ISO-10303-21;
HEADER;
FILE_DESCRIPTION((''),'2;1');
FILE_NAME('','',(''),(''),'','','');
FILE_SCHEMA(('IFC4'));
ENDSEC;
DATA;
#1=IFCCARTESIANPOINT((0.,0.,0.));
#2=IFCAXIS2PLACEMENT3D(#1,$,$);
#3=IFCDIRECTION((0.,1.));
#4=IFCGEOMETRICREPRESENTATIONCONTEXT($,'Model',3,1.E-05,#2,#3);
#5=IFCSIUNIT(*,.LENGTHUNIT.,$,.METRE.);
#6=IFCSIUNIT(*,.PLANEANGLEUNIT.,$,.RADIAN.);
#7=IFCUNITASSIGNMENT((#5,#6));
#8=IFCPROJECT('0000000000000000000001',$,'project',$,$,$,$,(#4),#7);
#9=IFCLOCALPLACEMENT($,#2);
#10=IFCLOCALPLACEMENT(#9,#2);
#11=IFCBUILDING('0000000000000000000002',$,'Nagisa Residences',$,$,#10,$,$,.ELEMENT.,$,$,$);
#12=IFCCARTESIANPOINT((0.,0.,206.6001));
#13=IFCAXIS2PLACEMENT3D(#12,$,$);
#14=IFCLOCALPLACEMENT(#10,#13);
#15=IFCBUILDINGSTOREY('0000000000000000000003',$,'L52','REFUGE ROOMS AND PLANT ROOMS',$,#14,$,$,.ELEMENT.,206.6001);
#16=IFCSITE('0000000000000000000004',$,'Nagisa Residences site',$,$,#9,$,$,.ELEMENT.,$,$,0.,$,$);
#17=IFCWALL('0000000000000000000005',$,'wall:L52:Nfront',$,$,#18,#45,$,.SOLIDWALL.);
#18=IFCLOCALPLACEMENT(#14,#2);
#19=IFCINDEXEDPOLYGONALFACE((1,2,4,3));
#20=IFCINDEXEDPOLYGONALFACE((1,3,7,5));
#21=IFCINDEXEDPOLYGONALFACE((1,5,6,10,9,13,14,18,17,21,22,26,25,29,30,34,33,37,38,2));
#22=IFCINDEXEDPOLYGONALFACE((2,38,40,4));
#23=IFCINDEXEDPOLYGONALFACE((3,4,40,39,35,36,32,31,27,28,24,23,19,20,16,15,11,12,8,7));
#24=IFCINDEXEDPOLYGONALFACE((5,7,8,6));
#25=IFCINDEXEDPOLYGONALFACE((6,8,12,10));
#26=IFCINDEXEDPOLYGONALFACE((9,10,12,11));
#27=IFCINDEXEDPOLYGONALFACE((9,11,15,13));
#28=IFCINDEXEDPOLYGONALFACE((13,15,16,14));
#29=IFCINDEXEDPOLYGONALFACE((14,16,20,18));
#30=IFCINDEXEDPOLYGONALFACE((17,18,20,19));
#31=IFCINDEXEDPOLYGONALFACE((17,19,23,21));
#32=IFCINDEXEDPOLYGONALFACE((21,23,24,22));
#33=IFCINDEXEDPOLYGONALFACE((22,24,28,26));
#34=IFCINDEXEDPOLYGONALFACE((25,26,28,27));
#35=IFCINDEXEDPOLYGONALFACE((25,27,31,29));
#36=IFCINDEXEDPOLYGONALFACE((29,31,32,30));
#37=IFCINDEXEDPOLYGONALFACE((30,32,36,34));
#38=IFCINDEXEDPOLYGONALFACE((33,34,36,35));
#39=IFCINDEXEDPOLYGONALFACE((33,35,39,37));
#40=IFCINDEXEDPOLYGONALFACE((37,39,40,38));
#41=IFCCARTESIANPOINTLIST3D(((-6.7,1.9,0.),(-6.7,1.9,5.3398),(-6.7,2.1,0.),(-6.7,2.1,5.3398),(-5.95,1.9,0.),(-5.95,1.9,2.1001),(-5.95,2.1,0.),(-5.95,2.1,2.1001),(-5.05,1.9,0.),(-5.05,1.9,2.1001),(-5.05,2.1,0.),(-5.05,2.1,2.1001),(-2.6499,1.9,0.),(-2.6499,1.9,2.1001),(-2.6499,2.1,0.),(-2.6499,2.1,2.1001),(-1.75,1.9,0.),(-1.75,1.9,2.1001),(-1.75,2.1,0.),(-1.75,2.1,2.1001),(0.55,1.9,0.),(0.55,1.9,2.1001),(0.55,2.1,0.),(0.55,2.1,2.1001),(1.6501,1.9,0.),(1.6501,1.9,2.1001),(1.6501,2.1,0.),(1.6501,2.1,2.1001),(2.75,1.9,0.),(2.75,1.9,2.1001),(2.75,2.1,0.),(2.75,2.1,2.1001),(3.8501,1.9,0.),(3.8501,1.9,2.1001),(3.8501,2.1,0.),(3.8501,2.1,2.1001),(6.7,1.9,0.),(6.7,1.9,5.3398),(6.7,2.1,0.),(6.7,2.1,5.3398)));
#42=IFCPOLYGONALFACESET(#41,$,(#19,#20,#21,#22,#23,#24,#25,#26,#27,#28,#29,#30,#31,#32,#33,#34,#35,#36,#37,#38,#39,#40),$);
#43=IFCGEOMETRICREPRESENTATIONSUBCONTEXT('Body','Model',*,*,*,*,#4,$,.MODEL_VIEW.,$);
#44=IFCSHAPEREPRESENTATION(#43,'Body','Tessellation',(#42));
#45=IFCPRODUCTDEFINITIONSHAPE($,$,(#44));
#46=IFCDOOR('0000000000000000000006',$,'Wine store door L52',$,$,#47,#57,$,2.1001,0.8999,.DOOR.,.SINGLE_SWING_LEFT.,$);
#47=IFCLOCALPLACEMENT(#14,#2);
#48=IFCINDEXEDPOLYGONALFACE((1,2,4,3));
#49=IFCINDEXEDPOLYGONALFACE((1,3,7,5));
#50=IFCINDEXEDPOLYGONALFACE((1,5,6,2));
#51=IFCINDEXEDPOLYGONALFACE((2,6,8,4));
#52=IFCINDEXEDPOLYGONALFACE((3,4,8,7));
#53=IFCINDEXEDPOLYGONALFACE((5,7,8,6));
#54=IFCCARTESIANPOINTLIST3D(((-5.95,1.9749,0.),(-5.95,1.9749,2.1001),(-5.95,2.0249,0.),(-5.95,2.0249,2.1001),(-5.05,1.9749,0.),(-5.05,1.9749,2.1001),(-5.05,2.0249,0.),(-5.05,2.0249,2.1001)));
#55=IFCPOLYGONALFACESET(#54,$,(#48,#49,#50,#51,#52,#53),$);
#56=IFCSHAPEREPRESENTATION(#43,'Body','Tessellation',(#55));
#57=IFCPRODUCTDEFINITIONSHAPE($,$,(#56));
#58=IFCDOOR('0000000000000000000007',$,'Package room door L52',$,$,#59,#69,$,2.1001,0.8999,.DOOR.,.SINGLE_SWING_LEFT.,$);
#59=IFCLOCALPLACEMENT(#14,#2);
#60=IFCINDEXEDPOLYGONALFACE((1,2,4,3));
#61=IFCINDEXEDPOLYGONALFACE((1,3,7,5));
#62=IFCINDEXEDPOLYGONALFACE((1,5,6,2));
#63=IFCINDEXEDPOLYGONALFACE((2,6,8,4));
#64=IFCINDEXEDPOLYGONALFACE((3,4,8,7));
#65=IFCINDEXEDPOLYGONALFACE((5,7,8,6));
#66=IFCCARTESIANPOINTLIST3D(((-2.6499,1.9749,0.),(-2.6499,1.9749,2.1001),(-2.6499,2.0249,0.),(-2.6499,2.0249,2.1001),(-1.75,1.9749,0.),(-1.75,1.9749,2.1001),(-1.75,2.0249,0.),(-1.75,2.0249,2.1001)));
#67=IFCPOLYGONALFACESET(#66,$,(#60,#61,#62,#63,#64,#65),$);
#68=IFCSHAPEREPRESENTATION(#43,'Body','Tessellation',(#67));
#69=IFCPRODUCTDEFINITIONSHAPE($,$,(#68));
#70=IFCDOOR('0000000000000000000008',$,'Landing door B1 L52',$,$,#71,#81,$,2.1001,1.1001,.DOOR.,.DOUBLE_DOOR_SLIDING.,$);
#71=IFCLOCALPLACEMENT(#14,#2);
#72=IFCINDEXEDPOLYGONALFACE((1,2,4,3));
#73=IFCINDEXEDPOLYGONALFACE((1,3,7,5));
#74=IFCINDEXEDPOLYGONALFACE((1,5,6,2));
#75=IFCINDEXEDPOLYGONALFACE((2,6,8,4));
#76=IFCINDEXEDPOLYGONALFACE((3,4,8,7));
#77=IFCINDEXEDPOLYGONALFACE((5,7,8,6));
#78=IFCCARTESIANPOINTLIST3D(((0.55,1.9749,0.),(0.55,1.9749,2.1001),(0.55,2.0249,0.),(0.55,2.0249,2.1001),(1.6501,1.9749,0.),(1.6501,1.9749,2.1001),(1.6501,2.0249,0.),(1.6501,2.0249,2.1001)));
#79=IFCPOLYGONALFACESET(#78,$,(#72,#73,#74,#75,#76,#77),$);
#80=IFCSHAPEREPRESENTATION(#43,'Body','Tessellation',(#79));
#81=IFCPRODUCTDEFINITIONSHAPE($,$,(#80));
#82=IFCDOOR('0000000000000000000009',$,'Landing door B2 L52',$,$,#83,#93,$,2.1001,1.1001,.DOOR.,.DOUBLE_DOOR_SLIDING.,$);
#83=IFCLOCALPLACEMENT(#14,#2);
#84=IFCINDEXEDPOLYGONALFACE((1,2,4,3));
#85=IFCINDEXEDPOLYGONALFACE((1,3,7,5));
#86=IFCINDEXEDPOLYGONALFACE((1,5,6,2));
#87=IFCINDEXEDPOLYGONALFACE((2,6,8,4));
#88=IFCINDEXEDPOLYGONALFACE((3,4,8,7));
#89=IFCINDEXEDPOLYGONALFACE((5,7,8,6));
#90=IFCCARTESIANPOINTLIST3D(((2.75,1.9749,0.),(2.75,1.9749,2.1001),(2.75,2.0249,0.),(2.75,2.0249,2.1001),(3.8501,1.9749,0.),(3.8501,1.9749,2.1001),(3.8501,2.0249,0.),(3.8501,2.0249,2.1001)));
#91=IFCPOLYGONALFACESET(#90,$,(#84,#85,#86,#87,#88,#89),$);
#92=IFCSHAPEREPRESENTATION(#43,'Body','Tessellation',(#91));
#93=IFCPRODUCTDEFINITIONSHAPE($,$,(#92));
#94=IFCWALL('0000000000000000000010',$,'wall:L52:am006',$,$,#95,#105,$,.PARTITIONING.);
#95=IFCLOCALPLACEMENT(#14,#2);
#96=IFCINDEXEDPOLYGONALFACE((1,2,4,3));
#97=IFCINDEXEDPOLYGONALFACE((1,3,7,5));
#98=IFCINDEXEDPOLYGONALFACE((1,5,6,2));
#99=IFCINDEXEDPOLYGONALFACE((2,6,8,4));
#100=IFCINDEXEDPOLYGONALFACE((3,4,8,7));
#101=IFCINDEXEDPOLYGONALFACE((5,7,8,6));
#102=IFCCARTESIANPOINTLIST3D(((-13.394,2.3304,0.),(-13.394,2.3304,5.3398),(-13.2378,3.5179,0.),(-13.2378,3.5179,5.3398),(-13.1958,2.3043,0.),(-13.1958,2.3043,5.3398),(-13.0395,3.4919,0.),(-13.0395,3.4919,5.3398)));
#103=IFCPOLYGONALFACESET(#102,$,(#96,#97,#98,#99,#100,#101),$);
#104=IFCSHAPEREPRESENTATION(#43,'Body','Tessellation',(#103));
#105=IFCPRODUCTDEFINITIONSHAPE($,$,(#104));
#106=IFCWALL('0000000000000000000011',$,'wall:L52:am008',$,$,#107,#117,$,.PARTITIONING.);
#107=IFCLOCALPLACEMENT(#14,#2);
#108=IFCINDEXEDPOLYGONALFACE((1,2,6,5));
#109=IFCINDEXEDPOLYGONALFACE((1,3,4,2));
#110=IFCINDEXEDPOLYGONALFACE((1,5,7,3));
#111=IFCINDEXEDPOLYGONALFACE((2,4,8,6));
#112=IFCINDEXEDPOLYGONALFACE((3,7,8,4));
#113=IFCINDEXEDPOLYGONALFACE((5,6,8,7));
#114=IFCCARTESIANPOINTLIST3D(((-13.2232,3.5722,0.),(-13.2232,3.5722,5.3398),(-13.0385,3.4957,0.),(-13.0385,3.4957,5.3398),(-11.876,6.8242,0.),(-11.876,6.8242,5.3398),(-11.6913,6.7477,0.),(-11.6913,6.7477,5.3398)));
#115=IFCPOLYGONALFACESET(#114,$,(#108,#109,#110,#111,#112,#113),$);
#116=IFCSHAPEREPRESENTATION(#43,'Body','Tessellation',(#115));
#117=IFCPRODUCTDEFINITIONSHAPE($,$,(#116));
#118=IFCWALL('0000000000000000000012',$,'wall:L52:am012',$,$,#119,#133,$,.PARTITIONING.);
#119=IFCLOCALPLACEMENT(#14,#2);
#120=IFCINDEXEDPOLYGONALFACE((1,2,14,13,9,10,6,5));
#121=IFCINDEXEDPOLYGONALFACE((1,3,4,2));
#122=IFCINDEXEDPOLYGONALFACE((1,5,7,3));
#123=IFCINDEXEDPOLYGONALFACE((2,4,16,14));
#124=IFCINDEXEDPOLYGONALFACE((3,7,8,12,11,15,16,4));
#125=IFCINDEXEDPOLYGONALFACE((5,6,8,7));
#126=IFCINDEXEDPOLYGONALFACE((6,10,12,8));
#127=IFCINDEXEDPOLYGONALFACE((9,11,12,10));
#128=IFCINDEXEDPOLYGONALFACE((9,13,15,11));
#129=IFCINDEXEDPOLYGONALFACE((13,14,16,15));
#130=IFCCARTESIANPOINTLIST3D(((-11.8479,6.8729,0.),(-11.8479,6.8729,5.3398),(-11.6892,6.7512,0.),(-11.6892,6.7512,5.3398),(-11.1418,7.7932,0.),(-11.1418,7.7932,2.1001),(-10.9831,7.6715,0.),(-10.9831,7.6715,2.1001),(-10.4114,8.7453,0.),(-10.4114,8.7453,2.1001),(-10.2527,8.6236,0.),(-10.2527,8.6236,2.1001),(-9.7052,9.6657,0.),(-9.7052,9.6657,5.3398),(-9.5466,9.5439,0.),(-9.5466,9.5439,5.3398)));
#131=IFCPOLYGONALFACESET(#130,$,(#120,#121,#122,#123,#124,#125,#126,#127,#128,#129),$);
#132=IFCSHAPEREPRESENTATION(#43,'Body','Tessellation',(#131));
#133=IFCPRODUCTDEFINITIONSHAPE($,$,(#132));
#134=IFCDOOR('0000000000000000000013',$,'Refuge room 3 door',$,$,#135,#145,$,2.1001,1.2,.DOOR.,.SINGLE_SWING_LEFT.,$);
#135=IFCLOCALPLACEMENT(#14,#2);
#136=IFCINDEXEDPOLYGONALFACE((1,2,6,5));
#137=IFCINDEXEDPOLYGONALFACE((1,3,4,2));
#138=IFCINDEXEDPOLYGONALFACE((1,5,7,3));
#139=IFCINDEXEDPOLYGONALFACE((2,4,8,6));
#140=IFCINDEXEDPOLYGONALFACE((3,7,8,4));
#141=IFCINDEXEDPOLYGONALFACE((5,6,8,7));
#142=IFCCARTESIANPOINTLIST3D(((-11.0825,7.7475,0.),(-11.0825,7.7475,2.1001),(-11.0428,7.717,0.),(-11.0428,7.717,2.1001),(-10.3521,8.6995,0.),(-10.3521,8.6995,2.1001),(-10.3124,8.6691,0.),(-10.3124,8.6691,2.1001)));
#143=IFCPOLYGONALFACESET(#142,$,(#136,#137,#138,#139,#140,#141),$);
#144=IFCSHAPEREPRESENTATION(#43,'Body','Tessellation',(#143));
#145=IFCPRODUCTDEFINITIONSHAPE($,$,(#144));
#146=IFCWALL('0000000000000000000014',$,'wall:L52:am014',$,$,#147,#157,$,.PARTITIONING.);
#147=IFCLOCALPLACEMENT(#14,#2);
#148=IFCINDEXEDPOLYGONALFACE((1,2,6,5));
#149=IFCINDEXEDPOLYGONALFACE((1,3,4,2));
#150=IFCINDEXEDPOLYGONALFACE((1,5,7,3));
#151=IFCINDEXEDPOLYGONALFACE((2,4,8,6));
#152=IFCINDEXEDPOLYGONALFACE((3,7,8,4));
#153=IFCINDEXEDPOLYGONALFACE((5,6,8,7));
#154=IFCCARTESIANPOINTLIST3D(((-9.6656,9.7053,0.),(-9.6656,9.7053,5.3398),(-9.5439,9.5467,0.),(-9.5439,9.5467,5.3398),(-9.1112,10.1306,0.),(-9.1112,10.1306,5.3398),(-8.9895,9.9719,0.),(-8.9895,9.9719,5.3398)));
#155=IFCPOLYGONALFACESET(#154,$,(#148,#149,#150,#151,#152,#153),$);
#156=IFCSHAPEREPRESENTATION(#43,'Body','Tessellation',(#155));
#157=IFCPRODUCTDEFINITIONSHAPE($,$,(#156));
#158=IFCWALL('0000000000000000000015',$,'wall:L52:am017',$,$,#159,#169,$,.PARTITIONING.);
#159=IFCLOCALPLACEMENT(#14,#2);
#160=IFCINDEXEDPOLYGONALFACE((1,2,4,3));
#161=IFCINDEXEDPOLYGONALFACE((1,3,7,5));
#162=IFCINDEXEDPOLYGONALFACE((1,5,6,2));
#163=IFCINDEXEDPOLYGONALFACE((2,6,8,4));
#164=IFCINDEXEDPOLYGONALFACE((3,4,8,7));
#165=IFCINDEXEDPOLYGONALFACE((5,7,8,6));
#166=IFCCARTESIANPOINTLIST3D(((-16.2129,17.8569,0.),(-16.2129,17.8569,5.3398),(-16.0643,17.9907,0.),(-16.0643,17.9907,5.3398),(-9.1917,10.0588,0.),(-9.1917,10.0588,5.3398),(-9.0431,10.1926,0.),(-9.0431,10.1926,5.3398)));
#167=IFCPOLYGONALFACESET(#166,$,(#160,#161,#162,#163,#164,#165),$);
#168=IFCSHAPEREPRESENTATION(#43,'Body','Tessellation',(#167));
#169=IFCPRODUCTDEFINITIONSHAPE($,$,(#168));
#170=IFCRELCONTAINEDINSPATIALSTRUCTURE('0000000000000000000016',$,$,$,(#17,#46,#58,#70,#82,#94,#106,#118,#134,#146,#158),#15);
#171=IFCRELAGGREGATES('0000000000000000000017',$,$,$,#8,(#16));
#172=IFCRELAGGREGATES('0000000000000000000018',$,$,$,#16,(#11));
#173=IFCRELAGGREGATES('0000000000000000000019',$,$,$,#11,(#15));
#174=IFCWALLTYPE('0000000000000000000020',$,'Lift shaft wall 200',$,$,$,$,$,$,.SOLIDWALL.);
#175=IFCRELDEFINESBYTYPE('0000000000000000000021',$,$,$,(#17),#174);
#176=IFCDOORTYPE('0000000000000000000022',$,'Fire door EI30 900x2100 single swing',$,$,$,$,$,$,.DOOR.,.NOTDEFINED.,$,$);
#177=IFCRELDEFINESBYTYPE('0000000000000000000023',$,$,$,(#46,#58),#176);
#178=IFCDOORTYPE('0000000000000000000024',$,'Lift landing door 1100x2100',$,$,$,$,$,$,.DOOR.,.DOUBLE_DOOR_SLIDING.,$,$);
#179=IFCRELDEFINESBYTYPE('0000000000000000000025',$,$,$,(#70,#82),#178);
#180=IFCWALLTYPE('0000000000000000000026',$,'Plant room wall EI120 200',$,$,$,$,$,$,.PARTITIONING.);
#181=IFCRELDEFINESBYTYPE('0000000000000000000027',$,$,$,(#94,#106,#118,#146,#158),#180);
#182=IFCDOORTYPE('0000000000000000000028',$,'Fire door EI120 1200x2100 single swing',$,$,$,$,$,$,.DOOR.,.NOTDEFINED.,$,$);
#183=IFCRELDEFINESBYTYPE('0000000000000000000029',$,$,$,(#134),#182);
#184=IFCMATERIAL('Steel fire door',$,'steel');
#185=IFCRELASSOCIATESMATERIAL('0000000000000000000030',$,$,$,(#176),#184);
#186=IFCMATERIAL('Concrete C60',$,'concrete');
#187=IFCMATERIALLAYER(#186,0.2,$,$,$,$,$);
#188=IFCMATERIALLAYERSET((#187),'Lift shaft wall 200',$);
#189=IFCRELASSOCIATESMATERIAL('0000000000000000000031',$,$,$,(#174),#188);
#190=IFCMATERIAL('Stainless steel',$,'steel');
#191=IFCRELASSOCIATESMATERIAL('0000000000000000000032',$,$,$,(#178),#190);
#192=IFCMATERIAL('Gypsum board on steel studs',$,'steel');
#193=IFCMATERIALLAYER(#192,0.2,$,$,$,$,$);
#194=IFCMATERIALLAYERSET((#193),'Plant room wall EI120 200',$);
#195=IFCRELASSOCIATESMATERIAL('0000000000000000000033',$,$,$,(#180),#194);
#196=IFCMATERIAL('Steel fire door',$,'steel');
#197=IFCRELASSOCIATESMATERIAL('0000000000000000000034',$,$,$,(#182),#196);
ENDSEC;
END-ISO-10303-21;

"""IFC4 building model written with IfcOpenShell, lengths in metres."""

from ifc_helpers import new_model, si_unit, direction, frame, frame_2d, origin, place, context, subcontext, project, spatial, rectangle, extrude, material, layer, layer_set, type_object, element, fill, save


model = new_model("IFC4")

# Units and contexts
model_context = context("Model", 3, precision=1e-05, world=origin(), true_north=direction((0.0, 1.0)))
body_context = subcontext(model_context, "Body", "Model", "MODEL_VIEW")
ifc_project = project(units=[si_unit("LENGTHUNIT", "METRE"), si_unit("PLANEANGLEUNIT", "RADIAN")], contexts=[model_context])

# Site, building, storey
site_placement = place(None, origin())
site = spatial("IfcSite", under=ifc_project, at=site_placement, Name="Nagisa Residences site", CompositionType="ELEMENT", RefElevation=0.0)
building_placement = place(site_placement, origin())
building = spatial("IfcBuilding", under=site, at=building_placement, Name="Nagisa Residences", CompositionType="ELEMENT")
storey_placement = place(building_placement, frame((0.0, 0.0, 206.6001)))
storey = spatial("IfcBuildingStorey", under=building, at=storey_placement, Name="L52", Description="REFUGE ROOMS AND PLANT ROOMS", CompositionType="ELEMENT", Elevation=206.6001)

# Shared definitions
ifc_material_1 = material(Name="Steel fire door", Category="steel")
door_type_1 = type_object("IfcDoorType", Name="Fire door EI30 900x2100 single swing", OperationType="NOTDEFINED", PredefinedType="DOOR", material=ifc_material_1)

# Wall, openings, doors
ifc_material_2 = material(Name="Concrete C60", Category="concrete")
ifc_layer_1 = layer(ifc_material_2, 0.2)
ifc_layer_set_1 = layer_set([ifc_layer_1], Name="Lift shaft wall 200")
wall_type_1 = type_object("IfcWallType", Name="Lift shaft wall 200", PredefinedType="SOLIDWALL", material=ifc_layer_set_1)
wall_1_placement = place(storey_placement, frame((-6.7, 2.0, 0.0), z_axis=(0.0, 0.0, 1.0), x_axis=(1.0, 0.0, 0.0)))
wall_1 = element("IfcWall", 1, at=wall_1_placement, inside=storey, type_object=wall_type_1, Name="wall:L52:Nfront", PredefinedType="SOLIDWALL", context=body_context, shape_type="SweptSolid", body=[
    extrude(rectangle(XDim=13.3999, YDim=0.2, at=frame_2d((6.7, 0.0))), origin(), (0.0, 0.0, 1.0), 5.3398),
])
opening_1_placement = place(wall_1_placement, frame((7.25, 0.0, 0.0)))
opening_1 = element("IfcOpeningElement", 2, at=opening_1_placement, cuts=wall_1, PredefinedType="OPENING", context=body_context, shape_type="SweptSolid", body=[
    extrude(rectangle(XDim=1.1001, YDim=2.1001, at=frame_2d((0.55, 1.05))), frame((0.0, 0.1099, 0.0), z_axis=(0.0, -1.0, 0.0), x_axis=(1.0, 0.0, 0.0)), (0.0, 0.0, 1.0), 0.22),
])
opening_2_placement = place(wall_1_placement, frame((9.45, 0.0, 0.0)))
opening_2 = element("IfcOpeningElement", 3, at=opening_2_placement, cuts=wall_1, PredefinedType="OPENING", context=body_context, shape_type="SweptSolid", body=[
    extrude(rectangle(XDim=1.1001, YDim=2.1001, at=frame_2d((0.55, 1.05))), frame((0.0, 0.1099, 0.0), z_axis=(0.0, -1.0, 0.0), x_axis=(1.0, 0.0, 0.0)), (0.0, 0.0, 1.0), 0.22),
])
opening_3_placement = place(wall_1_placement, frame((0.75, 0.0, 0.0)))
opening_3 = element("IfcOpeningElement", 4, at=opening_3_placement, cuts=wall_1, PredefinedType="OPENING", context=body_context, shape_type="SweptSolid", body=[
    extrude(rectangle(XDim=0.8999, YDim=2.1001, at=frame_2d((0.45, 1.05))), frame((0.0, 0.1099, 0.0), z_axis=(0.0, -1.0, 0.0), x_axis=(1.0, 0.0, 0.0)), (0.0, 0.0, 1.0), 0.22),
])
opening_4_placement = place(wall_1_placement, frame((4.05, 0.0, 0.0)))
opening_4 = element("IfcOpeningElement", 5, at=opening_4_placement, cuts=wall_1, PredefinedType="OPENING", context=body_context, shape_type="SweptSolid", body=[
    extrude(rectangle(XDim=0.8999, YDim=2.1001, at=frame_2d((0.45, 1.05))), frame((0.0, 0.1099, 0.0), z_axis=(0.0, -1.0, 0.0), x_axis=(1.0, 0.0, 0.0)), (0.0, 0.0, 1.0), 0.22),
])
door_1_placement = place(opening_3_placement, origin())
door_1 = element("IfcDoor", 6, at=door_1_placement, inside=storey, type_object=door_type_1, Name="Wine store door L52", OperationType="SINGLE_SWING_LEFT", OverallHeight=2.1001, OverallWidth=0.8999, PredefinedType="DOOR", context=body_context, shape_type="SweptSolid", body=[
    extrude(rectangle(XDim=0.8999, YDim=2.1001, at=frame_2d((0.45, 1.05))), frame((0.0, 0.0249, 0.0), z_axis=(0.0, -1.0, 0.0), x_axis=(1.0, 0.0, 0.0)), (0.0, 0.0, 1.0), 0.05),
])
fill(opening_3, door_1)
door_2_placement = place(opening_4_placement, origin())
door_2 = element("IfcDoor", 7, at=door_2_placement, inside=storey, type_object=door_type_1, Name="Package room door L52", OperationType="SINGLE_SWING_LEFT", OverallHeight=2.1001, OverallWidth=0.8999, PredefinedType="DOOR", context=body_context, shape_type="SweptSolid", body=[
    extrude(rectangle(XDim=0.8999, YDim=2.1001, at=frame_2d((0.45, 1.05))), frame((0.0, 0.0249, 0.0), z_axis=(0.0, -1.0, 0.0), x_axis=(1.0, 0.0, 0.0)), (0.0, 0.0, 1.0), 0.05),
])
fill(opening_4, door_2)
ifc_material_3 = material(Name="Stainless steel", Category="steel")
door_type_2 = type_object("IfcDoorType", Name="Lift landing door 1100x2100", OperationType="DOUBLE_DOOR_SLIDING", PredefinedType="DOOR", material=ifc_material_3)
door_3_placement = place(opening_1_placement, origin())
door_3 = element("IfcDoor", 8, at=door_3_placement, inside=storey, type_object=door_type_2, Name="Landing door B1 L52", OperationType="DOUBLE_DOOR_SLIDING", OverallHeight=2.1001, OverallWidth=1.1001, PredefinedType="DOOR", context=body_context, shape_type="SweptSolid", body=[
    extrude(rectangle(XDim=1.1001, YDim=2.1001, at=frame_2d((0.55, 1.05))), frame((0.0, 0.0249, 0.0), z_axis=(0.0, -1.0, 0.0), x_axis=(1.0, 0.0, 0.0)), (0.0, 0.0, 1.0), 0.05),
])
fill(opening_1, door_3)
door_4_placement = place(opening_2_placement, origin())
door_4 = element("IfcDoor", 9, at=door_4_placement, inside=storey, type_object=door_type_2, Name="Landing door B2 L52", OperationType="DOUBLE_DOOR_SLIDING", OverallHeight=2.1001, OverallWidth=1.1001, PredefinedType="DOOR", context=body_context, shape_type="SweptSolid", body=[
    extrude(rectangle(XDim=1.1001, YDim=2.1001, at=frame_2d((0.55, 1.05))), frame((0.0, 0.0249, 0.0), z_axis=(0.0, -1.0, 0.0), x_axis=(1.0, 0.0, 0.0)), (0.0, 0.0, 1.0), 0.05),
])
fill(opening_2, door_4)

# Walls
ifc_material_4 = material(Name="Gypsum board on steel studs", Category="steel")
ifc_layer_2 = layer(ifc_material_4, 0.2)
ifc_layer_set_2 = layer_set([ifc_layer_2], Name="Plant room wall EI120 200")
wall_type_2 = type_object("IfcWallType", Name="Plant room wall EI120 200", PredefinedType="PARTITIONING", material=ifc_layer_set_2)
wall_2_placement = place(storey_placement, frame((-13.2949, 2.3174, 0.0), z_axis=(0.0, 0.0, 1.0), x_axis=(0.130455, 0.991454, 0.0)))
element("IfcWall", 10, at=wall_2_placement, inside=storey, type_object=wall_type_2, Name="wall:L52:am006", PredefinedType="PARTITIONING", context=body_context, shape_type="SweptSolid", body=[
    extrude(rectangle(XDim=1.1978, YDim=0.2, at=frame_2d((0.5989, 0.0))), origin(), (0.0, 0.0, 1.0), 5.3398),
])
wall_3_placement = place(storey_placement, frame((-13.1309, 3.5339, 0.0), z_axis=(0.0, 0.0, 1.0), x_axis=(0.382723, 0.923863, 0.0)))
element("IfcWall", 11, at=wall_3_placement, inside=storey, type_object=wall_type_2, Name="wall:L52:am008", PredefinedType="PARTITIONING", context=body_context, shape_type="SweptSolid", body=[
    extrude(rectangle(XDim=3.52, YDim=0.2, at=frame_2d((1.76, 0.0))), origin(), (0.0, 0.0, 1.0), 5.3398),
])

# Wall, opening, door
wall_4_placement = place(storey_placement, frame((-11.7686, 6.812, 0.0), z_axis=(0.0, 0.0, 1.0), x_axis=(0.608698, 0.793402, 0.0)))
wall_4 = element("IfcWall", 12, at=wall_4_placement, inside=storey, type_object=wall_type_2, Name="wall:L52:am012", PredefinedType="PARTITIONING", context=body_context, shape_type="SweptSolid", body=[
    extrude(rectangle(XDim=3.52, YDim=0.2, at=frame_2d((1.76, 0.0))), origin(), (0.0, 0.0, 1.0), 5.3398),
])
opening_5_placement = place(wall_4_placement, frame((1.1599, 0.0, 0.0)))
opening_5 = element("IfcOpeningElement", 13, at=opening_5_placement, cuts=wall_4, PredefinedType="OPENING", context=body_context, shape_type="SweptSolid", body=[
    extrude(rectangle(XDim=1.2, YDim=2.1001, at=frame_2d((0.6001, 1.05))), frame((0.0, 0.1099, 0.0), z_axis=(0.0, -1.0, 0.0), x_axis=(1.0, 0.0, 0.0)), (0.0, 0.0, 1.0), 0.22),
])
ifc_material_5 = material(Name="Steel fire door", Category="steel")
door_type_3 = type_object("IfcDoorType", Name="Fire door EI120 1200x2100 single swing", OperationType="NOTDEFINED", PredefinedType="DOOR", material=ifc_material_5)
door_5_placement = place(opening_5_placement, frame((1.2, 0.0, 0.0), x_axis=(-1.0, 0.0, 0.0)))
door_5 = element("IfcDoor", 14, at=door_5_placement, inside=storey, type_object=door_type_3, Name="Refuge room 3 door", OperationType="SINGLE_SWING_LEFT", OverallHeight=2.1001, OverallWidth=1.2, PredefinedType="DOOR", context=body_context, shape_type="SweptSolid", body=[
    extrude(rectangle(XDim=1.2, YDim=2.1001, at=frame_2d((0.6001, 1.05))), frame((0.0, 0.0249, 0.0), z_axis=(0.0, -1.0, 0.0), x_axis=(1.0, 0.0, 0.0)), (0.0, 0.0, 1.0), 0.05),
])
fill(opening_5, door_5)

# Walls
wall_5_placement = place(storey_placement, frame((-9.6047, 9.626, 0.0), z_axis=(0.0, 0.0, 1.0), x_axis=(0.793455, 0.60863, 0.0)))
element("IfcWall", 15, at=wall_5_placement, inside=storey, type_object=wall_type_2, Name="wall:L52:am014", PredefinedType="PARTITIONING", context=body_context, shape_type="SweptSolid", body=[
    extrude(rectangle(XDim=0.6987, YDim=0.2, at=frame_2d((0.3494, 0.0))), origin(), (0.0, 0.0, 1.0), 5.3398),
])
wall_6_placement = place(storey_placement, frame((-9.1174, 10.1257, 0.0), z_axis=(0.0, 0.0, 1.0), x_axis=(-0.66912, 0.743154, 0.0)))
element("IfcWall", 16, at=wall_6_placement, inside=storey, type_object=wall_type_2, Name="wall:L52:am017", PredefinedType="PARTITIONING", context=body_context, shape_type="SweptSolid", body=[
    extrude(rectangle(XDim=10.4932, YDim=0.2, at=frame_2d((5.2466, 0.0))), origin(), (0.0, 0.0, 1.0), 5.3398),
])

save(model, "model.ifc")
